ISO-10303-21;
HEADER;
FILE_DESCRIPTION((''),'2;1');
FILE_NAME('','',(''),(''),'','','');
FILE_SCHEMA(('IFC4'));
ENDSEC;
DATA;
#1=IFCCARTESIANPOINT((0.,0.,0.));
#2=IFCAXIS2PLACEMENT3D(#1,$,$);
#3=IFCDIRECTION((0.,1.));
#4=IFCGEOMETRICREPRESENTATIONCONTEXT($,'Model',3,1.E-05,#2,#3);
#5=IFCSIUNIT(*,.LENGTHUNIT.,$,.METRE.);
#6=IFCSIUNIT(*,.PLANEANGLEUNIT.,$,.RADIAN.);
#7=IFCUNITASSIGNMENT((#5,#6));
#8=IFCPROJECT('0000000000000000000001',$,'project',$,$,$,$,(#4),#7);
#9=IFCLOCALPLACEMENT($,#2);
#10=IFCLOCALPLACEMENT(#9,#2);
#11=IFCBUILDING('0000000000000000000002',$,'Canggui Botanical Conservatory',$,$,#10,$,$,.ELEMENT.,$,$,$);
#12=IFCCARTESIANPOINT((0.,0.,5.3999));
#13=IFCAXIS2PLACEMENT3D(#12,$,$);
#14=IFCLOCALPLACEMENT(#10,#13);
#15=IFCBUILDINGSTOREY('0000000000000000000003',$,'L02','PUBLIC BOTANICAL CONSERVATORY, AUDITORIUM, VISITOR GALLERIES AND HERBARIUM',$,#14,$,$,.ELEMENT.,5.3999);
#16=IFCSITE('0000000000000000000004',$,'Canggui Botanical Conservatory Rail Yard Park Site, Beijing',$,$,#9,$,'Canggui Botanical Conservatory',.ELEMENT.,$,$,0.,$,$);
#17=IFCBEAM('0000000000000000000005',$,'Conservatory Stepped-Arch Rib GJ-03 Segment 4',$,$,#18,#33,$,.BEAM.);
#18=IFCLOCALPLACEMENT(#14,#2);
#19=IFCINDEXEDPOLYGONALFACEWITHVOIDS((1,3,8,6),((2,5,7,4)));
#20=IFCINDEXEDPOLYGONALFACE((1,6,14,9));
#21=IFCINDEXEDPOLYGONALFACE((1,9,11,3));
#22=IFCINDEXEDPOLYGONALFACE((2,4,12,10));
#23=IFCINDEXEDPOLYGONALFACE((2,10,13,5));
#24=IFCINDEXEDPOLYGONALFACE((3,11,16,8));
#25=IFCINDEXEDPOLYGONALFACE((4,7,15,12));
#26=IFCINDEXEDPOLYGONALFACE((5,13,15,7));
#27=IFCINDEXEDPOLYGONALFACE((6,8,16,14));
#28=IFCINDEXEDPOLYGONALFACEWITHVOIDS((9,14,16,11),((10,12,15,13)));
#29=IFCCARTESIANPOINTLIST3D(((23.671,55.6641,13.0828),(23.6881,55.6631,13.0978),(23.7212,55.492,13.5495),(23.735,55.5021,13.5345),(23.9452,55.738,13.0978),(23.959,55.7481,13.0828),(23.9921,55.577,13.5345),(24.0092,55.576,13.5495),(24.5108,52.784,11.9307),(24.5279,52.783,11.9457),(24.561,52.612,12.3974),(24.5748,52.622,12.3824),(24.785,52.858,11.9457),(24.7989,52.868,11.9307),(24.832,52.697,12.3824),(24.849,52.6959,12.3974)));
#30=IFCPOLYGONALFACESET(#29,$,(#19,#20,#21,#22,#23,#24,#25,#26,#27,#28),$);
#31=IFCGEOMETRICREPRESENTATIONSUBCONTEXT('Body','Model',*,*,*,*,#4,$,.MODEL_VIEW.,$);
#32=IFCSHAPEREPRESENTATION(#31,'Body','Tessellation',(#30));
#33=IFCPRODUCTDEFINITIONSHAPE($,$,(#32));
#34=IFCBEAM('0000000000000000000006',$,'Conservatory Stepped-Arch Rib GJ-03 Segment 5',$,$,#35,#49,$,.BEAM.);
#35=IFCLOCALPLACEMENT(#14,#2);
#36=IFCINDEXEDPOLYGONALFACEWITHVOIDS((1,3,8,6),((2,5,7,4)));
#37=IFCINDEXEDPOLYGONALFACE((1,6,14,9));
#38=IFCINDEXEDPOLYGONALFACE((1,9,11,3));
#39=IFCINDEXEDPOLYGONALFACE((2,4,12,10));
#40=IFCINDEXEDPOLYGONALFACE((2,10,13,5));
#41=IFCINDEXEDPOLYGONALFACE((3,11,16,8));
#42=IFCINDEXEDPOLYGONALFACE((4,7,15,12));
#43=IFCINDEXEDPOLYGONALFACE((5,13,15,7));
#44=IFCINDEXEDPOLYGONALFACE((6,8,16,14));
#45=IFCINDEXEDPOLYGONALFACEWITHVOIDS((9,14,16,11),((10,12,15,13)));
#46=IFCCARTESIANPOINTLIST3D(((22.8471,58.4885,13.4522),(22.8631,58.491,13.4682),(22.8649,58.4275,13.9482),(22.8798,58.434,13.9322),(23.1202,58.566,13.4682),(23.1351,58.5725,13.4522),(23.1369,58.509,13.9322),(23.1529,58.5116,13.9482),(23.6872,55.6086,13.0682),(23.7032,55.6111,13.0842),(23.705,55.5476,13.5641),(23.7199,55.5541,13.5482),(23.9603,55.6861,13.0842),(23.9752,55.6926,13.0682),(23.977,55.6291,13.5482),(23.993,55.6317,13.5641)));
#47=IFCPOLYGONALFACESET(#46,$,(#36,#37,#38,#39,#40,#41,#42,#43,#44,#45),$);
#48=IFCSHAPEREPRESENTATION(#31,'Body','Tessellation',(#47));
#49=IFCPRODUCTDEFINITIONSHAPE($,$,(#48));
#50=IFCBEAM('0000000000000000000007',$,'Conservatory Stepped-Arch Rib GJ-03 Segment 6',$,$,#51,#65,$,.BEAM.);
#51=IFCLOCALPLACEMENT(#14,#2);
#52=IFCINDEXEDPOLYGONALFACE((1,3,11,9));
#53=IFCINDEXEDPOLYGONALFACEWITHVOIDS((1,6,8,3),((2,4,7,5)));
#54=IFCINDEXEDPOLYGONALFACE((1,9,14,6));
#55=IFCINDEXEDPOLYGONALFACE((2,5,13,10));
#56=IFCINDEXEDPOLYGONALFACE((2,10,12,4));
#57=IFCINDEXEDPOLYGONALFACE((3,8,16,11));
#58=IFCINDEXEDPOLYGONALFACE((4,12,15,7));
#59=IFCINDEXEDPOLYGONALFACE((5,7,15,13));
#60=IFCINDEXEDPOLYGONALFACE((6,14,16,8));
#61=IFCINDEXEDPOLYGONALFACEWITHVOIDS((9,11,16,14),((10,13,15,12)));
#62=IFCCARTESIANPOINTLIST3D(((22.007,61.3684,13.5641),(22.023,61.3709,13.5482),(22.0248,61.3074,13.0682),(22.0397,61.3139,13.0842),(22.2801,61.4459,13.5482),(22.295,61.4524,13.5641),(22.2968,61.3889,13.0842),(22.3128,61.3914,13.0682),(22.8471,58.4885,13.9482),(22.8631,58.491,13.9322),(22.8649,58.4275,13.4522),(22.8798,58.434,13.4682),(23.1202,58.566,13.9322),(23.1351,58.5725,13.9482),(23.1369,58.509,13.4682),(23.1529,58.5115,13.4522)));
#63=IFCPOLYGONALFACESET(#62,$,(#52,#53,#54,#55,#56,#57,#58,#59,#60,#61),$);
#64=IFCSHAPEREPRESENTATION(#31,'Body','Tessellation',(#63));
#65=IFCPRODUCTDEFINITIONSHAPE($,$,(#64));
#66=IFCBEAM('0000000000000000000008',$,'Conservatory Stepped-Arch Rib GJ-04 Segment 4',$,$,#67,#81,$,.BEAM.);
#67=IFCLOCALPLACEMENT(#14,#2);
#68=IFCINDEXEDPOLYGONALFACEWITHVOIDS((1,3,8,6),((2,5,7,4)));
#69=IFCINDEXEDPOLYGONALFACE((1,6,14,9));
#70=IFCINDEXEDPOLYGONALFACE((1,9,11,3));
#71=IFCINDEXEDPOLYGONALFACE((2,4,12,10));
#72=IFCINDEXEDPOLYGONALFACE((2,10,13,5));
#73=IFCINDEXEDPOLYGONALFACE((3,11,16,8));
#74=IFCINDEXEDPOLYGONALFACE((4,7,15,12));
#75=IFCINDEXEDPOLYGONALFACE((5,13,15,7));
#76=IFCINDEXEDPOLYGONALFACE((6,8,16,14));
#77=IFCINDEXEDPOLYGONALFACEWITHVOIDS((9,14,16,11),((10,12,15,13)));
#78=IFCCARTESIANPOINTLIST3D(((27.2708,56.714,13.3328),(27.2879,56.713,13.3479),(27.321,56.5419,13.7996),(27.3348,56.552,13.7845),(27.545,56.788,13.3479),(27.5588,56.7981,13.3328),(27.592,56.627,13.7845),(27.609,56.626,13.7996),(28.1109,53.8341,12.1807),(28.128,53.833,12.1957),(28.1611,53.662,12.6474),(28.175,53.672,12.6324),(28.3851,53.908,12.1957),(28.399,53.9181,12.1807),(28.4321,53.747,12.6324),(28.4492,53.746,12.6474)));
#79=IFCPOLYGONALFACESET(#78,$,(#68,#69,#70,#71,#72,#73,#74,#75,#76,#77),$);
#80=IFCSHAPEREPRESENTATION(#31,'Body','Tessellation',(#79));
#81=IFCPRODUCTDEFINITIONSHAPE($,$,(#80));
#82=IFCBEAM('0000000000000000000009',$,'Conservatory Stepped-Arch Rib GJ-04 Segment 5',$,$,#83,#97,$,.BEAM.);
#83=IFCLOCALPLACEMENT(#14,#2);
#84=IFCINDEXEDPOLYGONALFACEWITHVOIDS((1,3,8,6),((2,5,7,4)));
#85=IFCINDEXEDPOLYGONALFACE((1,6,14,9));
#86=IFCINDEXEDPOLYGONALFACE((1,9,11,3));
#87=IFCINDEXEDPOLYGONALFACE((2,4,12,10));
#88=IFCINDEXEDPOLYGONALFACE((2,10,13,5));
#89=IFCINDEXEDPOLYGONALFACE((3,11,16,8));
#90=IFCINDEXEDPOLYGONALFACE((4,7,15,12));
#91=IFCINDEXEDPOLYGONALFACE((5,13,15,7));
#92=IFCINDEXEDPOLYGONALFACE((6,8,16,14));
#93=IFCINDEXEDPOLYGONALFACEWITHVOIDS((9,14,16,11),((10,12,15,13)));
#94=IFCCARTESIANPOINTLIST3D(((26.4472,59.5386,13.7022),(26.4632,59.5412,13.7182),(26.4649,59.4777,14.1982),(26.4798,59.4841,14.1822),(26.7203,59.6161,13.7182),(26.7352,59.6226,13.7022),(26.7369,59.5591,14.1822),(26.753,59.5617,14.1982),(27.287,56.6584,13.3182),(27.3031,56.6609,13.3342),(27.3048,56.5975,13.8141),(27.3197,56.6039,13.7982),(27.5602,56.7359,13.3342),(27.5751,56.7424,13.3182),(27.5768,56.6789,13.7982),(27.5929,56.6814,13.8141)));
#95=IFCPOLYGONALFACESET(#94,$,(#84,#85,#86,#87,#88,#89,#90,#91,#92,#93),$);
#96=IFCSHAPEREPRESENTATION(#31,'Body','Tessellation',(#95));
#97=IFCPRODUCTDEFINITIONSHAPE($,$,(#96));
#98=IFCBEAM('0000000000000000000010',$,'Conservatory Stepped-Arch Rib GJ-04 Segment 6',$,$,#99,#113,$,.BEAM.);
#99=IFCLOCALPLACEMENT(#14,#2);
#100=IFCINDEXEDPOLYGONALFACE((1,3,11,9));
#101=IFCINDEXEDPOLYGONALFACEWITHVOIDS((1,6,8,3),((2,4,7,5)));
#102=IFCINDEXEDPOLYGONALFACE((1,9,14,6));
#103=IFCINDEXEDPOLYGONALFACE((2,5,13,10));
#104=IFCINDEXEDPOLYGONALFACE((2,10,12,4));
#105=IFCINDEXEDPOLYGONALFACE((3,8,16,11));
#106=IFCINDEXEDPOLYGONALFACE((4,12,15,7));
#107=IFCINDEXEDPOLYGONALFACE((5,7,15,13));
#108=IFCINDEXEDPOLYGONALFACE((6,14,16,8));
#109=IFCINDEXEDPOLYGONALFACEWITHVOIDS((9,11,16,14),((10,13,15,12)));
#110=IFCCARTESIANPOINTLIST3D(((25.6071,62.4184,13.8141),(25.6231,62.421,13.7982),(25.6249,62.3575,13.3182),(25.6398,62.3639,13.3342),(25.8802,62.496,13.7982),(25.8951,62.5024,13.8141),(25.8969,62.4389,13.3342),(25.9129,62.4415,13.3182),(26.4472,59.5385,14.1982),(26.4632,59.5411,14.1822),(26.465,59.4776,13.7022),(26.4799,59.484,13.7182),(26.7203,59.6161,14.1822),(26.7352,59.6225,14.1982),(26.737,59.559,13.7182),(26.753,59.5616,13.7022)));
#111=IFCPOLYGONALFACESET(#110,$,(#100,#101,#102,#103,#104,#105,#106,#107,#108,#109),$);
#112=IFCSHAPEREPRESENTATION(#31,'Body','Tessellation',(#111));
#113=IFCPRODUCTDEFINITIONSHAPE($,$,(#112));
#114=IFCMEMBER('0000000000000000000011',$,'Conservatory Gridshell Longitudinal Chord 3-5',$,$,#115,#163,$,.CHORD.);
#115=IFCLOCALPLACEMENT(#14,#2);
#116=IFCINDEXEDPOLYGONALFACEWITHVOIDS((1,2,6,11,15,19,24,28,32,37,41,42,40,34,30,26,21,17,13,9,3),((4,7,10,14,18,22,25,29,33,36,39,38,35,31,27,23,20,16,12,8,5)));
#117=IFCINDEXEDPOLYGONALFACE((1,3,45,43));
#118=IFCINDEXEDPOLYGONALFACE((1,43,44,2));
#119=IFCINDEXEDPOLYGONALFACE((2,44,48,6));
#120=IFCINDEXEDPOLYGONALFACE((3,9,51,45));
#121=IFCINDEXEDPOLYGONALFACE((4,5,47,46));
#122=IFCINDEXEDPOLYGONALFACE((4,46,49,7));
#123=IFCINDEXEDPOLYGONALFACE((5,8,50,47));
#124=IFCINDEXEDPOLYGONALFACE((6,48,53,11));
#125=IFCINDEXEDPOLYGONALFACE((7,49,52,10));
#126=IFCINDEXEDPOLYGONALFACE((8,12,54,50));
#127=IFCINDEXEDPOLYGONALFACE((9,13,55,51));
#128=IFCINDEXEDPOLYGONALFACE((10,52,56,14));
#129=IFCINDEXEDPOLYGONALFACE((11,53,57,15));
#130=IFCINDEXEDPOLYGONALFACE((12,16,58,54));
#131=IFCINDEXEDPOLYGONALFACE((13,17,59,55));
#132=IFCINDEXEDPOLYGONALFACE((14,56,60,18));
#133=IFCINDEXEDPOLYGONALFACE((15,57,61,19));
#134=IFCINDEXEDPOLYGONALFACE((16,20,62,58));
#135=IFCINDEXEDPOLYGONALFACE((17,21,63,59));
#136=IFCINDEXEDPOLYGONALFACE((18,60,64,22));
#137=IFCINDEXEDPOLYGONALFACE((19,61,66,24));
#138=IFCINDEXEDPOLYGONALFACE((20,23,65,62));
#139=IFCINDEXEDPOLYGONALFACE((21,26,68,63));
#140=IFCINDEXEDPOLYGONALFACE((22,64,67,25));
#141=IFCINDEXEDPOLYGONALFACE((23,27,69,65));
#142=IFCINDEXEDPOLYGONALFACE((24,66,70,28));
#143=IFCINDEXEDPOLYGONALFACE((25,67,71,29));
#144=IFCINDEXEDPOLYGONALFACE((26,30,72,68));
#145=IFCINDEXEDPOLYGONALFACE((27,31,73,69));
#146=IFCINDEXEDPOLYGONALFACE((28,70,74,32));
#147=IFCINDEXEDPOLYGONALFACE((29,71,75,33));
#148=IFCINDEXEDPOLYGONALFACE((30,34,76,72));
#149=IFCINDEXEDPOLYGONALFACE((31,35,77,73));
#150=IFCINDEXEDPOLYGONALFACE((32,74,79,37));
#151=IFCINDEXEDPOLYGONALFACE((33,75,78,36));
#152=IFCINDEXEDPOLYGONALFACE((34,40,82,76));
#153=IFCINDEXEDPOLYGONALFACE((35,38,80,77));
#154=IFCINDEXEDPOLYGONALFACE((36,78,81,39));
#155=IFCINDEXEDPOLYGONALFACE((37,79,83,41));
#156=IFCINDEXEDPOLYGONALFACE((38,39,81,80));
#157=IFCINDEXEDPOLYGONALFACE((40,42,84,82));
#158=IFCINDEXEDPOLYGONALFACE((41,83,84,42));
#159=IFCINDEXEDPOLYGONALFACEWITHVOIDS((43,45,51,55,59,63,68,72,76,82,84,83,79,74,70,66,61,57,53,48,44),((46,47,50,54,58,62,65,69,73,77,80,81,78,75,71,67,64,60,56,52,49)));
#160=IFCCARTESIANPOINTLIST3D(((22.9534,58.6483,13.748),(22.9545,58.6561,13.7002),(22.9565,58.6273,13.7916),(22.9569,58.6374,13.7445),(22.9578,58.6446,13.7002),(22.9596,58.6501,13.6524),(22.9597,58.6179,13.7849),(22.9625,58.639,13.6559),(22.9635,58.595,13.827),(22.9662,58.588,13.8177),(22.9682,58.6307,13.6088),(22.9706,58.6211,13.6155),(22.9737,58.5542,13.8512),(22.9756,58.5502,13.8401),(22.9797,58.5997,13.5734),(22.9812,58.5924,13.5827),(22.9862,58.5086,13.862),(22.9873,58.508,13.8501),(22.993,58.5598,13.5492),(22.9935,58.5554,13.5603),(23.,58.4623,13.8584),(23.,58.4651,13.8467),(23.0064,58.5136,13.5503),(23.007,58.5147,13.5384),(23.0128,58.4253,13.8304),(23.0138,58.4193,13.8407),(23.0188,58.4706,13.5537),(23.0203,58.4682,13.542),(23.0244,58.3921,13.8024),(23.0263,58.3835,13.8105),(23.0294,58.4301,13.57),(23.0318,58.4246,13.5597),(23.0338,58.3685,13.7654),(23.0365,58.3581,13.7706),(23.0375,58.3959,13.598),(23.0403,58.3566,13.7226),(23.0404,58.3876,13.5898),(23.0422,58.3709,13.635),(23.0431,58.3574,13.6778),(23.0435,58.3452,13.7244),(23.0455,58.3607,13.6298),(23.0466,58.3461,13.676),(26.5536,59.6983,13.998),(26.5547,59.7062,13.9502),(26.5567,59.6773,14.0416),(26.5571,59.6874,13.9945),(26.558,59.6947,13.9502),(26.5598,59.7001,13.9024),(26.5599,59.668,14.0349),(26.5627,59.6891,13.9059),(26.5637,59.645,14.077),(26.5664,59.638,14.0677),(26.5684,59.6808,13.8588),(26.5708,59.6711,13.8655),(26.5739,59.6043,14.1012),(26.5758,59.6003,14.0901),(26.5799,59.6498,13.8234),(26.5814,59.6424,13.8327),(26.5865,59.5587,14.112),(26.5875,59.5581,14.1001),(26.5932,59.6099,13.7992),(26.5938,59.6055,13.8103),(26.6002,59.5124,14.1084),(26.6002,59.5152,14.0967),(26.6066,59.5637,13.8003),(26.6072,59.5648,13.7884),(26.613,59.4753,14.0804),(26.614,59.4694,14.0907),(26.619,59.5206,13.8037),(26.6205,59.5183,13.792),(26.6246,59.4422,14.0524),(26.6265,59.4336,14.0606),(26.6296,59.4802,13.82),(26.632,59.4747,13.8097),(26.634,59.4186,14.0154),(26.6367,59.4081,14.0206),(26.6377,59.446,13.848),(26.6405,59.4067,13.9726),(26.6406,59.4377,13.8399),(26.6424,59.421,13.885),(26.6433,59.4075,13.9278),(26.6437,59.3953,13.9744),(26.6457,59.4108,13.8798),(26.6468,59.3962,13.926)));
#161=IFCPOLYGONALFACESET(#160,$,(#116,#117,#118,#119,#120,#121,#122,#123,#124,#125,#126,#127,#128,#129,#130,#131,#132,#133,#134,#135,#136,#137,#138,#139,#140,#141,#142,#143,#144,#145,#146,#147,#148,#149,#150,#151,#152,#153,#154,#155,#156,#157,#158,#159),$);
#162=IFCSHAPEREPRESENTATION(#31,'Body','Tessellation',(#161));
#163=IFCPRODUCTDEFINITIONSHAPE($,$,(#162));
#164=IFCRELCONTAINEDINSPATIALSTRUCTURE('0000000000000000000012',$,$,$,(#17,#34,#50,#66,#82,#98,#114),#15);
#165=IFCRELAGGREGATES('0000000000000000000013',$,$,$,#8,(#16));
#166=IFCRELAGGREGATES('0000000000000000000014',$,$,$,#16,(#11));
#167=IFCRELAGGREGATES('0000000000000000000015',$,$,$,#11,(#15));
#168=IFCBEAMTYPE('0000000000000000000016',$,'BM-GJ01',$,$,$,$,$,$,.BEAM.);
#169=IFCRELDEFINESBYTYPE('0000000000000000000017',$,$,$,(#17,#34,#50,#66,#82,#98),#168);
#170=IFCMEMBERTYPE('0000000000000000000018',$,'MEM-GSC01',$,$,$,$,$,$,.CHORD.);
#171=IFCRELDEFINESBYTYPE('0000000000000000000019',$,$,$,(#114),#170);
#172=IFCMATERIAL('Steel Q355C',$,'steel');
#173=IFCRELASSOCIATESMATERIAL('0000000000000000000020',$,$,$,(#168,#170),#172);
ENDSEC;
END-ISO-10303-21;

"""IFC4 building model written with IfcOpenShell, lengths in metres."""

from ifc_helpers import new_model, si_unit, direction, frame, origin, origin_2d, place, context, subcontext, project, spatial, hollow_rectangle, hollow_circle, extrude, material, material_profile, profile_set, type_object, element, save


model = new_model("IFC4")

# Units and contexts
model_context = context("Model", 3, precision=1e-05, world=origin(), true_north=direction((0.0, 1.0)))
body_context = subcontext(model_context, "Body", "Model", "MODEL_VIEW")
ifc_project = project(units=[si_unit("LENGTHUNIT", "METRE"), si_unit("PLANEANGLEUNIT", "RADIAN")], contexts=[model_context])

# Site, building, storey
site_placement = place(None, origin())
site = spatial("IfcSite", under=ifc_project, at=site_placement, Name="Canggui Botanical Conservatory Rail Yard Park Site, Beijing", LongName="Canggui Botanical Conservatory", CompositionType="ELEMENT", RefElevation=0.0)
building_placement = place(site_placement, origin())
building = spatial("IfcBuilding", under=site, at=building_placement, Name="Canggui Botanical Conservatory", CompositionType="ELEMENT")
storey_placement = place(building_placement, frame((0.0, 0.0, 5.3999)))
storey = spatial("IfcBuildingStorey", under=building, at=storey_placement, Name="L02", Description="PUBLIC BOTANICAL CONSERVATORY, AUDITORIUM, VISITOR GALLERIES AND HERBARIUM", CompositionType="ELEMENT", Elevation=5.3999)

# Beams
ifc_material_1 = material(Name="Steel Q355C", Category="steel")
ifc_material_profile_1 = material_profile(ifc_material_1, hollow_rectangle(XDim=0.3, YDim=0.5, WallThickness=0.0161, at=origin_2d()), Name="RHS 300x500x16")
ifc_profile_set_1 = profile_set([ifc_material_profile_1], Name="Steel Q355C")
beam_type = type_object("IfcBeamType", Name="BM-GJ01", PredefinedType="BEAM", material=ifc_profile_set_1)
beam_1_placement = place(storey_placement, frame((24.6799, 52.74, 12.1641), z_axis=(-0.261333, 0.896206, 0.358497), x_axis=(-0.960017, -0.279941, 0.0)))
element("IfcBeam", 1, at=beam_1_placement, inside=storey, type_object=beam_type, Name="Conservatory Stepped-Arch Rib GJ-03 Segment 4", PredefinedType="BEAM", context=body_context, shape_type="SweptSolid", body=[
    extrude(hollow_rectangle(XDim=0.3, YDim=0.5, WallThickness=0.0161, at=origin_2d()), origin(), (0.0, 0.0, 1.0), 3.2136),
])
for number, where, z_axis, x_axis, name in (
    (2, (23.8401, 55.6201, 13.3162), (-0.277771, 0.952218, 0.126979), (-0.959989, -0.280038, 0.0), "Conservatory Stepped-Arch Rib GJ-03 Segment 5"),
    (3, (23.0, 58.5, 13.7002), (-0.277771, 0.952218, -0.126979), (-0.959989, -0.280038, 0.0), "Conservatory Stepped-Arch Rib GJ-03 Segment 6"),
):
    element("IfcBeam", number, at=place(storey_placement, frame(where, z_axis=z_axis, x_axis=x_axis)), inside=storey, type_object=beam_type, Name=name, PredefinedType="BEAM", context=body_context, shape_type="SweptSolid", body=[
        extrude(hollow_rectangle(XDim=0.3, YDim=0.5, WallThickness=0.0161, at=origin_2d()), origin(), (0.0, 0.0, 1.0), 3.0244),
    ])
beam_2_placement = place(storey_placement, frame((28.28, 53.79, 12.4141), z_axis=(-0.261422, 0.896173, 0.358515), x_axis=(-0.959989, -0.280038, 0.0)))
element("IfcBeam", 4, at=beam_2_placement, inside=storey, type_object=beam_type, Name="Conservatory Stepped-Arch Rib GJ-04 Segment 4", PredefinedType="BEAM", context=body_context, shape_type="SweptSolid", body=[
    extrude(hollow_rectangle(XDim=0.3, YDim=0.5, WallThickness=0.0161, at=origin_2d()), origin(), (0.0, 0.0, 1.0), 3.2136),
])
beam_3_placement = place(storey_placement, frame((27.4399, 56.6699, 13.5662), z_axis=(-0.277675, 0.952247, 0.126972), x_axis=(-0.960017, -0.279941, 0.0)))
element("IfcBeam", 5, at=beam_3_placement, inside=storey, type_object=beam_type, Name="Conservatory Stepped-Arch Rib GJ-04 Segment 5", PredefinedType="BEAM", context=body_context, shape_type="SweptSolid", body=[
    extrude(hollow_rectangle(XDim=0.3, YDim=0.5, WallThickness=0.0161, at=origin_2d()), origin(), (0.0, 0.0, 1.0), 3.0247),
])
beam_4_placement = place(storey_placement, frame((26.6001, 59.55, 13.9502), z_axis=(-0.277771, 0.952218, -0.126979), x_axis=(-0.959989, -0.280038, 0.0)))
element("IfcBeam", 6, at=beam_4_placement, inside=storey, type_object=beam_type, Name="Conservatory Stepped-Arch Rib GJ-04 Segment 6", PredefinedType="BEAM", context=body_context, shape_type="SweptSolid", body=[
    extrude(hollow_rectangle(XDim=0.3, YDim=0.5, WallThickness=0.0161, at=origin_2d()), origin(), (0.0, 0.0, 1.0), 3.0244),
])

# Member
ifc_material_profile_2 = material_profile(ifc_material_1, hollow_circle(Radius=0.1626, WallThickness=0.012, at=origin_2d()), Name="CHS 325x12")
ifc_profile_set_2 = profile_set([ifc_material_profile_2], Name="Steel Q355C")
member_type_1 = type_object("IfcMemberType", Name="MEM-GSC01", PredefinedType="CHORD", material=ifc_profile_set_2)
member_1_placement = place(storey_placement, frame((23.0, 58.5, 13.7002), z_axis=(0.957872, 0.279385, 0.066517), x_axis=(-0.280005, 0.959999, 0.0)))
element("IfcMember", 7, at=member_1_placement, inside=storey, type_object=member_type_1, Name="Conservatory Gridshell Longitudinal Chord 3-5", PredefinedType="CHORD", context=body_context, shape_type="SweptSolid", body=[
    extrude(hollow_circle(Radius=0.1626, WallThickness=0.012, at=origin_2d()), origin(), (0.0, 0.0, 1.0), 3.7585),
])

save(model, "model.ifc")
